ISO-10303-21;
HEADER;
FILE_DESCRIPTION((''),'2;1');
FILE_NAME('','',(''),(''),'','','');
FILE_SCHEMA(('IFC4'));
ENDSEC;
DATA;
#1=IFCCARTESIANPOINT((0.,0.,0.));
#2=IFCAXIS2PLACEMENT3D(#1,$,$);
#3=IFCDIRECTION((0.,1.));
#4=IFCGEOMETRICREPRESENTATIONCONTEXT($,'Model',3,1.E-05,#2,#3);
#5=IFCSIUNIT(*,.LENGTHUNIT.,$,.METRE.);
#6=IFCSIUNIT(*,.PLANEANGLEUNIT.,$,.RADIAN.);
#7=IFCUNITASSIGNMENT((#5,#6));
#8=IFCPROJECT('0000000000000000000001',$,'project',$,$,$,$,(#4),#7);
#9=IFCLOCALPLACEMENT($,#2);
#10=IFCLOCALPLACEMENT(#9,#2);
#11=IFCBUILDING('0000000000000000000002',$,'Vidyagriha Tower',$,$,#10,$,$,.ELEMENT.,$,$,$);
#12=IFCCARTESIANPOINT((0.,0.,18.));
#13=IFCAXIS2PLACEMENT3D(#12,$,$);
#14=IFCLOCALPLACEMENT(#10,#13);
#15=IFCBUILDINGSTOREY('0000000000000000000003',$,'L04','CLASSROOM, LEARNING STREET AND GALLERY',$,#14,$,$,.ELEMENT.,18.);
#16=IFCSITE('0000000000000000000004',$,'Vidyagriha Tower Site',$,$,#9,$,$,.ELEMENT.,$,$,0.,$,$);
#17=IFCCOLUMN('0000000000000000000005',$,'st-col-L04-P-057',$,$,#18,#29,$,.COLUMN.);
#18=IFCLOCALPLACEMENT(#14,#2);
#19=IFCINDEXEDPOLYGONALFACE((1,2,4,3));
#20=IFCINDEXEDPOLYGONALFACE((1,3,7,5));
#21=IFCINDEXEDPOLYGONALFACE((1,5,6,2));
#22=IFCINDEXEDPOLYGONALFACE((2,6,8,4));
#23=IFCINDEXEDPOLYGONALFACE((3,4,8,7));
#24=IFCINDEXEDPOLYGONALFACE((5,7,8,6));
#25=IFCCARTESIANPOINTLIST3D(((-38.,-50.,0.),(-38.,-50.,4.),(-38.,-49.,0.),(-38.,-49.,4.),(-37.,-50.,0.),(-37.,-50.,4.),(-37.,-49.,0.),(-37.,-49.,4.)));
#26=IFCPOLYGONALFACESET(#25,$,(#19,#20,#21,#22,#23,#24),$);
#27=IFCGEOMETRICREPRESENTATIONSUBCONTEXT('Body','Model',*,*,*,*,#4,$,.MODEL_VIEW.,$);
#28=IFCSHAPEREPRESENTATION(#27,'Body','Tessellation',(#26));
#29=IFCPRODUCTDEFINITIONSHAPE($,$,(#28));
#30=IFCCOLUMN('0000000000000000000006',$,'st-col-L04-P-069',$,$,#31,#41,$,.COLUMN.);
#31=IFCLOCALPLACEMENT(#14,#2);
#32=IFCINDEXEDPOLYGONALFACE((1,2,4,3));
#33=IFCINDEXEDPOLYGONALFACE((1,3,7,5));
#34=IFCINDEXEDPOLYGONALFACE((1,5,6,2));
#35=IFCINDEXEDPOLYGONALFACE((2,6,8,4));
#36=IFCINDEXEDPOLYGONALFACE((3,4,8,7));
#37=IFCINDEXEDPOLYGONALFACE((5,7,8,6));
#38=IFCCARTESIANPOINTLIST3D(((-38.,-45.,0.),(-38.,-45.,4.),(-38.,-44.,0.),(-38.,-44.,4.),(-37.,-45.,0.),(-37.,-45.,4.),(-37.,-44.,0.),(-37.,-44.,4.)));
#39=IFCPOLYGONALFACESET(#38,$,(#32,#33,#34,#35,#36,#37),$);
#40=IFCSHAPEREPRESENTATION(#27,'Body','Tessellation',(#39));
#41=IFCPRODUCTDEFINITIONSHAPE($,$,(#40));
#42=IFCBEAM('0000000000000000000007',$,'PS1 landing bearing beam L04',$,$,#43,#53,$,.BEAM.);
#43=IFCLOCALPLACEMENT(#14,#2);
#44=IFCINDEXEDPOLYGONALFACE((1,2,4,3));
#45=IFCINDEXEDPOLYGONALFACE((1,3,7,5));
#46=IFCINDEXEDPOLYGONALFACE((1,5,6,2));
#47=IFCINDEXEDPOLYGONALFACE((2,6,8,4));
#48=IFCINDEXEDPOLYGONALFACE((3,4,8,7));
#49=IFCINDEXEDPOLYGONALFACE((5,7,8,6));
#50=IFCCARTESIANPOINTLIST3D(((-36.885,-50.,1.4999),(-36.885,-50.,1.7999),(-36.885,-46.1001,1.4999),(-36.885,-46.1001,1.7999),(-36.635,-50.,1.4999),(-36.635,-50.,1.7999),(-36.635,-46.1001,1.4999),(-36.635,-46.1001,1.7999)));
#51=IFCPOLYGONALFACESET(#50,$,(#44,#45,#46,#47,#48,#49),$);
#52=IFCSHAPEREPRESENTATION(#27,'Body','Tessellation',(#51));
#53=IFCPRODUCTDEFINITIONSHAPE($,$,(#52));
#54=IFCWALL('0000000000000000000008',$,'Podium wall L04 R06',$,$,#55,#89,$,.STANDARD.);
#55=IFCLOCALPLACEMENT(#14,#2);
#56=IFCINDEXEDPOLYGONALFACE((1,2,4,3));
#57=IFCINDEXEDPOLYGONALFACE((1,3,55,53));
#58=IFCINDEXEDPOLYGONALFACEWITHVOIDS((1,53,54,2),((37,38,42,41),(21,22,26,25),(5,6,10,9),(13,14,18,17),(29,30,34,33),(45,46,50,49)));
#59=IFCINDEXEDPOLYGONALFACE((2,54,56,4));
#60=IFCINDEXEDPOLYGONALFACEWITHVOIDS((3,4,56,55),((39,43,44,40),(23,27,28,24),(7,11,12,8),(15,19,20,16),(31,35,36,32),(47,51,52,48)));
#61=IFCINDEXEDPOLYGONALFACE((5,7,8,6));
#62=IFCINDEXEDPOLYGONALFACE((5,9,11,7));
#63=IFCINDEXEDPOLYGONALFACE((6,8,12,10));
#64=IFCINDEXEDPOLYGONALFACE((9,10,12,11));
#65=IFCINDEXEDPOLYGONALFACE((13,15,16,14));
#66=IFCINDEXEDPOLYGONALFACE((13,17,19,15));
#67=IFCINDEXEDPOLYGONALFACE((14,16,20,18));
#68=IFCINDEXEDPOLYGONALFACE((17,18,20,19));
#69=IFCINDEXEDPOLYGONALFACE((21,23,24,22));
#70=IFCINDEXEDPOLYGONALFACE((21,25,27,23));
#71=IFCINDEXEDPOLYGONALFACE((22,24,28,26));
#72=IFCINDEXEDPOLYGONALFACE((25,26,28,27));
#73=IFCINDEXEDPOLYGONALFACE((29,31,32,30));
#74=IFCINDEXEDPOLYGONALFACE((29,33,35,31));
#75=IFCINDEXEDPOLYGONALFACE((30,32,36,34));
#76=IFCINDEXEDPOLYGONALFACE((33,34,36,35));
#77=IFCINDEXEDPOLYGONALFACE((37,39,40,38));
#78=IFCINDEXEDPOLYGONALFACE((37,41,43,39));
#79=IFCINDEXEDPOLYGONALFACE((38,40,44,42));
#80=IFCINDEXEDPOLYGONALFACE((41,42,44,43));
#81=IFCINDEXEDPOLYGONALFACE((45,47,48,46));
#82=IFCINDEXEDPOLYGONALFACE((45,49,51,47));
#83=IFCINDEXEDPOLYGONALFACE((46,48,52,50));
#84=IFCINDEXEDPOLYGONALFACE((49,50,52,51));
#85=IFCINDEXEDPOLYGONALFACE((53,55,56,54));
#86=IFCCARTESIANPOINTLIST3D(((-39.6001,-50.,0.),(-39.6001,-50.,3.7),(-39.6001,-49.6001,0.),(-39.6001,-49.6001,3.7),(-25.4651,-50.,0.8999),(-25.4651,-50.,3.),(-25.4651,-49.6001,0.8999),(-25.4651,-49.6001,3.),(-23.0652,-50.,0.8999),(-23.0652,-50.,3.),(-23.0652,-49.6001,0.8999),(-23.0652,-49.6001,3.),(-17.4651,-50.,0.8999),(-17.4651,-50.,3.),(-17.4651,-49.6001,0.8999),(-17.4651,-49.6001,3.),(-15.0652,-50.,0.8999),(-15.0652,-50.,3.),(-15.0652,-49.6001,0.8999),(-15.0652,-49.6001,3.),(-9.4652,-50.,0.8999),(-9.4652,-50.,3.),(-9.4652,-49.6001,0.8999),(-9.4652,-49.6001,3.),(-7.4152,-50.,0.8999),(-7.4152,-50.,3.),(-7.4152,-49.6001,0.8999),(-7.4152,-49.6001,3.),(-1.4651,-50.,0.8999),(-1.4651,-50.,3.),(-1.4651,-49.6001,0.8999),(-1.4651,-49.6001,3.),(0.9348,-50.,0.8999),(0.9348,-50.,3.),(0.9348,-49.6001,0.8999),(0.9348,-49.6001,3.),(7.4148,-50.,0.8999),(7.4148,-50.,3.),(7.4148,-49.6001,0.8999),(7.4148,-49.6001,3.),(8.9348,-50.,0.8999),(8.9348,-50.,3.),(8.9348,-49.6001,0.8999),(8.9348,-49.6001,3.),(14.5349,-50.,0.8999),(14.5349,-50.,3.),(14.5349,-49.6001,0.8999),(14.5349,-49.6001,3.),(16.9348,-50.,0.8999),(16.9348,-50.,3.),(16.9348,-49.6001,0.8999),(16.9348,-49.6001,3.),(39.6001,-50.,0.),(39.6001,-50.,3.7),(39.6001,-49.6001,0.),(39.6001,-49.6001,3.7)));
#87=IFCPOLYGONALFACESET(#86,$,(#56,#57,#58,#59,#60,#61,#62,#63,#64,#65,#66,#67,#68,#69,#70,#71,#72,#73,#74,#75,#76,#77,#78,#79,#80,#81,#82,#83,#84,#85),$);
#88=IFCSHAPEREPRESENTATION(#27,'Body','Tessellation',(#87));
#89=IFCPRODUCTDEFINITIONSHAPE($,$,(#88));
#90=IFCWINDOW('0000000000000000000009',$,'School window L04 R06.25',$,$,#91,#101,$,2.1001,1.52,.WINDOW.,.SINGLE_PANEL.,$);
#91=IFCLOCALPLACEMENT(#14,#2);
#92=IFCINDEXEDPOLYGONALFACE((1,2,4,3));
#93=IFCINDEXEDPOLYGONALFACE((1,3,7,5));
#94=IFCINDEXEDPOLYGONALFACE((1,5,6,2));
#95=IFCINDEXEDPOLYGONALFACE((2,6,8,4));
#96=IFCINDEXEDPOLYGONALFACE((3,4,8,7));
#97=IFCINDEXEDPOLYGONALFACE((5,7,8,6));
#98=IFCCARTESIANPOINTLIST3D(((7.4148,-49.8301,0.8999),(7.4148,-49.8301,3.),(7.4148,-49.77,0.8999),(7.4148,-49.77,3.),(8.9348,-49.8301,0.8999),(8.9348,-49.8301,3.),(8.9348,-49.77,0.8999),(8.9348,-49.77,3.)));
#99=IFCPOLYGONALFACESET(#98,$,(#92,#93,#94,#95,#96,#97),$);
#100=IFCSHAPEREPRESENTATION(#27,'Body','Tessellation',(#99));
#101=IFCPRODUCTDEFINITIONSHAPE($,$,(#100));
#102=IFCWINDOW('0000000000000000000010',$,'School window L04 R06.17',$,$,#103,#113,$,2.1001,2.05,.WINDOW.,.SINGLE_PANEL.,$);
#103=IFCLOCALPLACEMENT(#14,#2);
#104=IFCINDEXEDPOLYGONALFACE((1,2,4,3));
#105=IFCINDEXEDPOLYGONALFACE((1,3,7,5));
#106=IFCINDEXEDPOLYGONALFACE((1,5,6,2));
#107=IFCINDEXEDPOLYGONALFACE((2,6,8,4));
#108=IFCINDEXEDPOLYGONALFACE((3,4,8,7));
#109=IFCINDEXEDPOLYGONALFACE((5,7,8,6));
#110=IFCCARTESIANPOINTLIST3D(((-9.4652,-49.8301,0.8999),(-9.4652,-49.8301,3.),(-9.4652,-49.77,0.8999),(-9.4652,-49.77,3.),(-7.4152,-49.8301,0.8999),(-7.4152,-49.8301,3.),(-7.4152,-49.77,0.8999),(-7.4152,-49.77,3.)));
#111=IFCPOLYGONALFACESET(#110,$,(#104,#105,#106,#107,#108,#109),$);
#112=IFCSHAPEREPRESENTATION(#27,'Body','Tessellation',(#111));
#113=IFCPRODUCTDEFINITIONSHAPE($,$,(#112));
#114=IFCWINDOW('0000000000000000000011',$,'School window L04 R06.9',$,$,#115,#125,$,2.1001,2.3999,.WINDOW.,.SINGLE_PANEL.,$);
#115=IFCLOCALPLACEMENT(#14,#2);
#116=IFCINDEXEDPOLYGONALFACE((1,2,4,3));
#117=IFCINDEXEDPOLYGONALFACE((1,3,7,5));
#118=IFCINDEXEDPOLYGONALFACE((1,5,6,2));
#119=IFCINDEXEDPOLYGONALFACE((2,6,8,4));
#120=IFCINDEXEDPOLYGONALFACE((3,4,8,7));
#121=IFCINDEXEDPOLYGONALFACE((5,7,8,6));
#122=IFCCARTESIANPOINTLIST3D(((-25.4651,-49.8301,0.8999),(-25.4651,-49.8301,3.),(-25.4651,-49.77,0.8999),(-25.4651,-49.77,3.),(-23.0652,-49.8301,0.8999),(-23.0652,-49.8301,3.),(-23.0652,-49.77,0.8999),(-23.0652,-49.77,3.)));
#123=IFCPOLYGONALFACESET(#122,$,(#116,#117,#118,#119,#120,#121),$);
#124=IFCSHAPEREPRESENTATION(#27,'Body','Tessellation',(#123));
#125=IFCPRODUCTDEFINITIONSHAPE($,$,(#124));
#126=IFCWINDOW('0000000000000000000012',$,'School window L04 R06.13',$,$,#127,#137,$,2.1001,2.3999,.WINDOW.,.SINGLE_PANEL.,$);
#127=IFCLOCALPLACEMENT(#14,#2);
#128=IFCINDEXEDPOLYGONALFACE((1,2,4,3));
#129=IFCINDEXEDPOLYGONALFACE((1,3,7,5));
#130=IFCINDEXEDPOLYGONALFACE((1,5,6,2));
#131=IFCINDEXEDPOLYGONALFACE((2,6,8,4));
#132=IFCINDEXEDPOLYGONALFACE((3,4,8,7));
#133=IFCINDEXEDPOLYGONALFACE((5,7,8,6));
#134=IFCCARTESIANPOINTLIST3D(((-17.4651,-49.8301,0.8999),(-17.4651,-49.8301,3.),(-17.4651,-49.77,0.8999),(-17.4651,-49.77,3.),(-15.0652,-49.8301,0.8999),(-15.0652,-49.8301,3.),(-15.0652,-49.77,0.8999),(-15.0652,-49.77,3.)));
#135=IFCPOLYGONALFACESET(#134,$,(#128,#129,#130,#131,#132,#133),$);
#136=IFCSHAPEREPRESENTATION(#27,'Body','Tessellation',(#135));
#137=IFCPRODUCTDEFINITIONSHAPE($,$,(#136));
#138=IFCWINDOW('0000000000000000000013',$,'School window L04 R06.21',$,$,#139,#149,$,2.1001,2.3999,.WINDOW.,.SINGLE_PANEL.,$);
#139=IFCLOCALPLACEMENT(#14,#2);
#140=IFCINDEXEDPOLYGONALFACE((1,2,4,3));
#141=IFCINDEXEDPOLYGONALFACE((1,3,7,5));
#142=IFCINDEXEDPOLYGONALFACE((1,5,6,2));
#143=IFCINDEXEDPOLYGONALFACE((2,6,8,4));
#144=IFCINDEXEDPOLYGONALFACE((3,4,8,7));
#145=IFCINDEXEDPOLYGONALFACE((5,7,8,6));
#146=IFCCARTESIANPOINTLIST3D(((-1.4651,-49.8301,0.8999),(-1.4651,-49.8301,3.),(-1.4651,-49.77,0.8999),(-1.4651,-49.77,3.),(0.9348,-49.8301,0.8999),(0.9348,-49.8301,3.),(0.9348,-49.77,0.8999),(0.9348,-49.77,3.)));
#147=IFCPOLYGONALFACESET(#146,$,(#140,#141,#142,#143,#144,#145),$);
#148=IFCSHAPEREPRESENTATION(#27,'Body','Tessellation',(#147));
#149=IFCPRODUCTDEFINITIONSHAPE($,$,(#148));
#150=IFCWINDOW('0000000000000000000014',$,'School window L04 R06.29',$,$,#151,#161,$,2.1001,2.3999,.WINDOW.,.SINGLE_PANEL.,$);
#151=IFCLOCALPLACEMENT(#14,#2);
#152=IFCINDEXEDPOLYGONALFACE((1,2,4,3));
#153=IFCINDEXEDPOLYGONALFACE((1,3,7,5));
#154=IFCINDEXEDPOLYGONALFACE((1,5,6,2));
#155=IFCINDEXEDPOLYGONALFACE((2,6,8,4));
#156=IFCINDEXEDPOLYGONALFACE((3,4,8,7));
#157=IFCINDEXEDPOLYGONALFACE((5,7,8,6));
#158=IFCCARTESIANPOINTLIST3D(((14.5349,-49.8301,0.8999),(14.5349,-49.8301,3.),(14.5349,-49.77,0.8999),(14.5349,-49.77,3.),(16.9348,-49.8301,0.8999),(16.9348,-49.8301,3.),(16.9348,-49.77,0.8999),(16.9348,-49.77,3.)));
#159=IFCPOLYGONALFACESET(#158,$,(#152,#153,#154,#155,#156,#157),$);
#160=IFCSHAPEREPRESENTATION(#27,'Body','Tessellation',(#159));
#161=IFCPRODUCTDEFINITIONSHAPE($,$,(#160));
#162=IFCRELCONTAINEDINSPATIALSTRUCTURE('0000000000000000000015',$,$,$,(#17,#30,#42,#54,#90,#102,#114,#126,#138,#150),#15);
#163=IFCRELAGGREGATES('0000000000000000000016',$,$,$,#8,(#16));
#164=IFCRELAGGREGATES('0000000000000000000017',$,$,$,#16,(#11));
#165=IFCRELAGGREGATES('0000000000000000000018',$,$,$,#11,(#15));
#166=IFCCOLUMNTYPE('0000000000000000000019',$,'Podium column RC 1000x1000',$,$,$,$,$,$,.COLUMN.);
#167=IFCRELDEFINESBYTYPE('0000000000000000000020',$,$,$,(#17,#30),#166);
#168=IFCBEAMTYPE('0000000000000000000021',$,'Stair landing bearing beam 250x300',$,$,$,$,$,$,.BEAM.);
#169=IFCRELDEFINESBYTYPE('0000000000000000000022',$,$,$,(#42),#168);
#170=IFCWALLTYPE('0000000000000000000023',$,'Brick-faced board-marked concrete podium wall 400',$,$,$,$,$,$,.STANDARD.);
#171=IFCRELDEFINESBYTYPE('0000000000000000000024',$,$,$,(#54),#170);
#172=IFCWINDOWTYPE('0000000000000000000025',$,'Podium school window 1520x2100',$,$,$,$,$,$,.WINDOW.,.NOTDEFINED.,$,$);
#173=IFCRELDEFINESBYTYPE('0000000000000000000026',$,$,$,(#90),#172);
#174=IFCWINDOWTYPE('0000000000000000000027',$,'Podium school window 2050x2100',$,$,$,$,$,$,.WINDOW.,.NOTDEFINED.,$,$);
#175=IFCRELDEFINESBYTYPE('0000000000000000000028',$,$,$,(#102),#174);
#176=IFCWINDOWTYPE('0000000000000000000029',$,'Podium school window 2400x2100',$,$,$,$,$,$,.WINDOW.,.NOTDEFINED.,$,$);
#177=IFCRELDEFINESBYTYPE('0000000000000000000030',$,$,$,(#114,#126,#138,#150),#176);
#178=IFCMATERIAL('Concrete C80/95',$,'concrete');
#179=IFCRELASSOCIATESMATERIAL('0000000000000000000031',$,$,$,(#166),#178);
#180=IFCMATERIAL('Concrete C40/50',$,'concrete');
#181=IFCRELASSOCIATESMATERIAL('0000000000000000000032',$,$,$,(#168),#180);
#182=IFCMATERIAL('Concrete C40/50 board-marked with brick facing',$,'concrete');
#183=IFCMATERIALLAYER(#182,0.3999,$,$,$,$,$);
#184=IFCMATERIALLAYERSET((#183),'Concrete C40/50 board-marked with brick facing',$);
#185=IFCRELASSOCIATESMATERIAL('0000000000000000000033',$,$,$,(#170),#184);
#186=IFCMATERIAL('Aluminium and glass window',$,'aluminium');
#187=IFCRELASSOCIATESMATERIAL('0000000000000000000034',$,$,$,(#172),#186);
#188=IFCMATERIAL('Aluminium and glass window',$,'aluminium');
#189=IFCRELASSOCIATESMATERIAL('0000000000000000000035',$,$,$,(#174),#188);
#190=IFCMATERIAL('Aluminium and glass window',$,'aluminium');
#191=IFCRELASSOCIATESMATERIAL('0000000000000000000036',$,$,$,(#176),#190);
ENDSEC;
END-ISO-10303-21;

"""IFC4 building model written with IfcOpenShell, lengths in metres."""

from ifc_helpers import new_model, si_unit, direction, frame, frame_2d, origin, origin_2d, place, context, subcontext, project, spatial, rectangle, extrude, material, layer, layer_set, material_profile, profile_set, type_object, element, fill, save


model = new_model("IFC4")

# Units and contexts
model_context = context("Model", 3, precision=1e-05, world=origin(), true_north=direction((0.0, 1.0)))
body_context = subcontext(model_context, "Body", "Model", "MODEL_VIEW")
ifc_project = project(units=[si_unit("LENGTHUNIT", "METRE"), si_unit("PLANEANGLEUNIT", "RADIAN")], contexts=[model_context])

# Site, building, storey
site_placement = place(None, origin())
site = spatial("IfcSite", under=ifc_project, at=site_placement, Name="Vidyagriha Tower Site", CompositionType="ELEMENT", RefElevation=0.0)
building_placement = place(site_placement, origin())
building = spatial("IfcBuilding", under=site, at=building_placement, Name="Vidyagriha Tower", CompositionType="ELEMENT")
storey_placement = place(building_placement, frame((0.0, 0.0, 18.0)))
storey = spatial("IfcBuildingStorey", under=building, at=storey_placement, Name="L04", Description="CLASSROOM, LEARNING STREET AND GALLERY", CompositionType="ELEMENT", Elevation=18.0)

# Columns
ifc_material_1 = material(Name="Concrete C80/95", Category="concrete")
ifc_material_profile_1 = material_profile(ifc_material_1, rectangle(XDim=1.0, YDim=1.0, at=origin_2d()), Name="RC 1000x1000")
ifc_profile_set_1 = profile_set([ifc_material_profile_1], Name="Concrete C80/95")
column_type = type_object("IfcColumnType", Name="Podium column RC 1000x1000", PredefinedType="COLUMN", material=ifc_profile_set_1)
for number, where, name in (
    (1, (-37.5, -49.5, 0.0), "st-col-L04-P-057"),
    (2, (-37.5, -44.5, 0.0), "st-col-L04-P-069"),
):
    element("IfcColumn", number, at=place(storey_placement, frame(where)), inside=storey, type_object=column_type, Name=name, PredefinedType="COLUMN", context=body_context, shape_type="SweptSolid", body=[
        extrude(rectangle(XDim=1.0, YDim=1.0, at=origin_2d()), origin(), (0.0, 0.0, 1.0), 4.0),
    ])

# Beam
ifc_material_2 = material(Name="Concrete C40/50", Category="concrete")
ifc_material_profile_2 = material_profile(ifc_material_2, rectangle(XDim=0.25, YDim=0.3, at=origin_2d()), Name="Stair landing bearing beam 250x300")
ifc_profile_set_2 = profile_set([ifc_material_profile_2], Name="Concrete C40/50")
beam_type = type_object("IfcBeamType", Name="Stair landing bearing beam 250x300", PredefinedType="BEAM", material=ifc_profile_set_2)
beam_placement = place(storey_placement, frame((-36.76, -50.0, 1.6499), z_axis=(0.0, 1.0, 0.0), x_axis=(-1.0, 0.0, 0.0)))
element("IfcBeam", 3, at=beam_placement, inside=storey, type_object=beam_type, Name="PS1 landing bearing beam L04", PredefinedType="BEAM", context=body_context, shape_type="SweptSolid", body=[
    extrude(rectangle(XDim=0.25, YDim=0.3, at=origin_2d()), origin(), (0.0, 0.0, 1.0), 3.8999),
])

# Wall, openings, windows
ifc_material_3 = material(Name="Concrete C40/50 board-marked with brick facing", Category="concrete")
ifc_layer_1 = layer(ifc_material_3, 0.3999)
ifc_layer_set_1 = layer_set([ifc_layer_1], Name="Concrete C40/50 board-marked with brick facing")
wall_type_1 = type_object("IfcWallType", Name="Brick-faced board-marked concrete podium wall 400", PredefinedType="STANDARD", material=ifc_layer_set_1)
wall_1_placement = place(storey_placement, frame((-39.6001, -49.8, 0.0)))
wall_1 = element("IfcWall", 4, at=wall_1_placement, inside=storey, type_object=wall_type_1, Name="Podium wall L04 R06", PredefinedType="STANDARD", context=body_context, shape_type="SweptSolid", body=[
    extrude(rectangle(XDim=79.2002, YDim=0.3999, at=frame_2d((39.6001, 0.0))), origin(), (0.0, 0.0, 1.0), 3.7),
])
opening_1_placement = place(wall_1_placement, frame((14.135, 0.0, 0.8999)))
opening_1 = element("IfcOpeningElement", 5, at=opening_1_placement, cuts=wall_1, PredefinedType="OPENING", context=body_context, shape_type="SweptSolid", body=[
    extrude(rectangle(XDim=2.3999, YDim=2.1001, at=frame_2d((1.2, 1.05))), frame((0.0, 0.21, 0.0), z_axis=(0.0, -1.0, 0.0), x_axis=(1.0, 0.0, 0.0)), (0.0, 0.0, 1.0), 0.4199),
])
opening_2_placement = place(wall_1_placement, frame((22.135, 0.0, 0.8999)))
opening_2 = element("IfcOpeningElement", 6, at=opening_2_placement, cuts=wall_1, PredefinedType="OPENING", context=body_context, shape_type="SweptSolid", body=[
    extrude(rectangle(XDim=2.3999, YDim=2.1001, at=frame_2d((1.2, 1.05))), frame((0.0, 0.21, 0.0), z_axis=(0.0, -1.0, 0.0), x_axis=(1.0, 0.0, 0.0)), (0.0, 0.0, 1.0), 0.4199),
])
opening_3_placement = place(wall_1_placement, frame((30.135, 0.0, 0.8999)))
opening_3 = element("IfcOpeningElement", 7, at=opening_3_placement, cuts=wall_1, PredefinedType="OPENING", context=body_context, shape_type="SweptSolid", body=[
    extrude(rectangle(XDim=2.05, YDim=2.1001, at=frame_2d((1.0249, 1.05))), frame((0.0, 0.21, 0.0), z_axis=(0.0, -1.0, 0.0), x_axis=(1.0, 0.0, 0.0)), (0.0, 0.0, 1.0), 0.4199),
])
opening_4_placement = place(wall_1_placement, frame((38.135, 0.0, 0.8999)))
opening_4 = element("IfcOpeningElement", 8, at=opening_4_placement, cuts=wall_1, PredefinedType="OPENING", context=body_context, shape_type="SweptSolid", body=[
    extrude(rectangle(XDim=2.3999, YDim=2.1001, at=frame_2d((1.2, 1.05))), frame((0.0, 0.21, 0.0), z_axis=(0.0, -1.0, 0.0), x_axis=(1.0, 0.0, 0.0)), (0.0, 0.0, 1.0), 0.4199),
])
opening_5_placement = place(wall_1_placement, frame((47.0149, 0.0, 0.8999)))
opening_5 = element("IfcOpeningElement", 9, at=opening_5_placement, cuts=wall_1, PredefinedType="OPENING", context=body_context, shape_type="SweptSolid", body=[
    extrude(rectangle(XDim=1.52, YDim=2.1001, at=frame_2d((0.76, 1.05))), frame((0.0, 0.21, 0.0), z_axis=(0.0, -1.0, 0.0), x_axis=(1.0, 0.0, 0.0)), (0.0, 0.0, 1.0), 0.4199),
])
opening_6_placement = place(wall_1_placement, frame((54.135, 0.0, 0.8999)))
opening_6 = element("IfcOpeningElement", 10, at=opening_6_placement, cuts=wall_1, PredefinedType="OPENING", context=body_context, shape_type="SweptSolid", body=[
    extrude(rectangle(XDim=2.3999, YDim=2.1001, at=frame_2d((1.2, 1.05))), frame((0.0, 0.21, 0.0), z_axis=(0.0, -1.0, 0.0), x_axis=(1.0, 0.0, 0.0)), (0.0, 0.0, 1.0), 0.4199),
])
ifc_material_4 = material(Name="Aluminium and glass window", Category="aluminium")
window_type_1 = type_object("IfcWindowType", Name="Podium school window 1520x2100", PartitioningType="NOTDEFINED", PredefinedType="WINDOW", material=ifc_material_4)
window_1_placement = place(opening_5_placement, origin())
window_1 = element("IfcWindow", 11, at=window_1_placement, inside=storey, type_object=window_type_1, Name="School window L04 R06.25", OverallHeight=2.1001, OverallWidth=1.52, PartitioningType="SINGLE_PANEL", PredefinedType="WINDOW", context=body_context, shape_type="SweptSolid", body=[
    extrude(rectangle(XDim=1.52, YDim=2.1001, at=frame_2d((0.76, 1.05))), frame((0.0, 0.03, 0.0), z_axis=(0.0, -1.0, 0.0), x_axis=(1.0, 0.0, 0.0)), (0.0, 0.0, 1.0), 0.0601),
])
fill(opening_5, window_1)
ifc_material_5 = material(Name="Aluminium and glass window", Category="aluminium")
window_type_2 = type_object("IfcWindowType", Name="Podium school window 2050x2100", PartitioningType="NOTDEFINED", PredefinedType="WINDOW", material=ifc_material_5)
window_2_placement = place(opening_3_placement, origin())
window_2 = element("IfcWindow", 12, at=window_2_placement, inside=storey, type_object=window_type_2, Name="School window L04 R06.17", OverallHeight=2.1001, OverallWidth=2.05, PartitioningType="SINGLE_PANEL", PredefinedType="WINDOW", context=body_context, shape_type="SweptSolid", body=[
    extrude(rectangle(XDim=2.05, YDim=2.1001, at=frame_2d((1.0249, 1.05))), frame((0.0, 0.03, 0.0), z_axis=(0.0, -1.0, 0.0), x_axis=(1.0, 0.0, 0.0)), (0.0, 0.0, 1.0), 0.0601),
])
fill(opening_3, window_2)
ifc_material_6 = material(Name="Aluminium and glass window", Category="aluminium")
window_type_3 = type_object("IfcWindowType", Name="Podium school window 2400x2100", PartitioningType="NOTDEFINED", PredefinedType="WINDOW", material=ifc_material_6)
window_3_placement = place(opening_1_placement, origin())
window_3 = element("IfcWindow", 13, at=window_3_placement, inside=storey, type_object=window_type_3, Name="School window L04 R06.9", OverallHeight=2.1001, OverallWidth=2.3999, PartitioningType="SINGLE_PANEL", PredefinedType="WINDOW", context=body_context, shape_type="SweptSolid", body=[
    extrude(rectangle(XDim=2.3999, YDim=2.1001, at=frame_2d((1.2, 1.05))), frame((0.0, 0.03, 0.0), z_axis=(0.0, -1.0, 0.0), x_axis=(1.0, 0.0, 0.0)), (0.0, 0.0, 1.0), 0.0601),
])
fill(opening_1, window_3)
window_4_placement = place(opening_2_placement, origin())
window_4 = element("IfcWindow", 14, at=window_4_placement, inside=storey, type_object=window_type_3, Name="School window L04 R06.13", OverallHeight=2.1001, OverallWidth=2.3999, PartitioningType="SINGLE_PANEL", PredefinedType="WINDOW", context=body_context, shape_type="SweptSolid", body=[
    extrude(rectangle(XDim=2.3999, YDim=2.1001, at=frame_2d((1.2, 1.05))), frame((0.0, 0.03, 0.0), z_axis=(0.0, -1.0, 0.0), x_axis=(1.0, 0.0, 0.0)), (0.0, 0.0, 1.0), 0.0601),
])
fill(opening_2, window_4)
window_5_placement = place(opening_4_placement, origin())
window_5 = element("IfcWindow", 15, at=window_5_placement, inside=storey, type_object=window_type_3, Name="School window L04 R06.21", OverallHeight=2.1001, OverallWidth=2.3999, PartitioningType="SINGLE_PANEL", PredefinedType="WINDOW", context=body_context, shape_type="SweptSolid", body=[
    extrude(rectangle(XDim=2.3999, YDim=2.1001, at=frame_2d((1.2, 1.05))), frame((0.0, 0.03, 0.0), z_axis=(0.0, -1.0, 0.0), x_axis=(1.0, 0.0, 0.0)), (0.0, 0.0, 1.0), 0.0601),
])
fill(opening_4, window_5)
window_6_placement = place(opening_6_placement, origin())
window_6 = element("IfcWindow", 16, at=window_6_placement, inside=storey, type_object=window_type_3, Name="School window L04 R06.29", OverallHeight=2.1001, OverallWidth=2.3999, PartitioningType="SINGLE_PANEL", PredefinedType="WINDOW", context=body_context, shape_type="SweptSolid", body=[
    extrude(rectangle(XDim=2.3999, YDim=2.1001, at=frame_2d((1.2, 1.05))), frame((0.0, 0.03, 0.0), z_axis=(0.0, -1.0, 0.0), x_axis=(1.0, 0.0, 0.0)), (0.0, 0.0, 1.0), 0.0601),
])
fill(opening_6, window_6)

save(model, "model.ifc")
